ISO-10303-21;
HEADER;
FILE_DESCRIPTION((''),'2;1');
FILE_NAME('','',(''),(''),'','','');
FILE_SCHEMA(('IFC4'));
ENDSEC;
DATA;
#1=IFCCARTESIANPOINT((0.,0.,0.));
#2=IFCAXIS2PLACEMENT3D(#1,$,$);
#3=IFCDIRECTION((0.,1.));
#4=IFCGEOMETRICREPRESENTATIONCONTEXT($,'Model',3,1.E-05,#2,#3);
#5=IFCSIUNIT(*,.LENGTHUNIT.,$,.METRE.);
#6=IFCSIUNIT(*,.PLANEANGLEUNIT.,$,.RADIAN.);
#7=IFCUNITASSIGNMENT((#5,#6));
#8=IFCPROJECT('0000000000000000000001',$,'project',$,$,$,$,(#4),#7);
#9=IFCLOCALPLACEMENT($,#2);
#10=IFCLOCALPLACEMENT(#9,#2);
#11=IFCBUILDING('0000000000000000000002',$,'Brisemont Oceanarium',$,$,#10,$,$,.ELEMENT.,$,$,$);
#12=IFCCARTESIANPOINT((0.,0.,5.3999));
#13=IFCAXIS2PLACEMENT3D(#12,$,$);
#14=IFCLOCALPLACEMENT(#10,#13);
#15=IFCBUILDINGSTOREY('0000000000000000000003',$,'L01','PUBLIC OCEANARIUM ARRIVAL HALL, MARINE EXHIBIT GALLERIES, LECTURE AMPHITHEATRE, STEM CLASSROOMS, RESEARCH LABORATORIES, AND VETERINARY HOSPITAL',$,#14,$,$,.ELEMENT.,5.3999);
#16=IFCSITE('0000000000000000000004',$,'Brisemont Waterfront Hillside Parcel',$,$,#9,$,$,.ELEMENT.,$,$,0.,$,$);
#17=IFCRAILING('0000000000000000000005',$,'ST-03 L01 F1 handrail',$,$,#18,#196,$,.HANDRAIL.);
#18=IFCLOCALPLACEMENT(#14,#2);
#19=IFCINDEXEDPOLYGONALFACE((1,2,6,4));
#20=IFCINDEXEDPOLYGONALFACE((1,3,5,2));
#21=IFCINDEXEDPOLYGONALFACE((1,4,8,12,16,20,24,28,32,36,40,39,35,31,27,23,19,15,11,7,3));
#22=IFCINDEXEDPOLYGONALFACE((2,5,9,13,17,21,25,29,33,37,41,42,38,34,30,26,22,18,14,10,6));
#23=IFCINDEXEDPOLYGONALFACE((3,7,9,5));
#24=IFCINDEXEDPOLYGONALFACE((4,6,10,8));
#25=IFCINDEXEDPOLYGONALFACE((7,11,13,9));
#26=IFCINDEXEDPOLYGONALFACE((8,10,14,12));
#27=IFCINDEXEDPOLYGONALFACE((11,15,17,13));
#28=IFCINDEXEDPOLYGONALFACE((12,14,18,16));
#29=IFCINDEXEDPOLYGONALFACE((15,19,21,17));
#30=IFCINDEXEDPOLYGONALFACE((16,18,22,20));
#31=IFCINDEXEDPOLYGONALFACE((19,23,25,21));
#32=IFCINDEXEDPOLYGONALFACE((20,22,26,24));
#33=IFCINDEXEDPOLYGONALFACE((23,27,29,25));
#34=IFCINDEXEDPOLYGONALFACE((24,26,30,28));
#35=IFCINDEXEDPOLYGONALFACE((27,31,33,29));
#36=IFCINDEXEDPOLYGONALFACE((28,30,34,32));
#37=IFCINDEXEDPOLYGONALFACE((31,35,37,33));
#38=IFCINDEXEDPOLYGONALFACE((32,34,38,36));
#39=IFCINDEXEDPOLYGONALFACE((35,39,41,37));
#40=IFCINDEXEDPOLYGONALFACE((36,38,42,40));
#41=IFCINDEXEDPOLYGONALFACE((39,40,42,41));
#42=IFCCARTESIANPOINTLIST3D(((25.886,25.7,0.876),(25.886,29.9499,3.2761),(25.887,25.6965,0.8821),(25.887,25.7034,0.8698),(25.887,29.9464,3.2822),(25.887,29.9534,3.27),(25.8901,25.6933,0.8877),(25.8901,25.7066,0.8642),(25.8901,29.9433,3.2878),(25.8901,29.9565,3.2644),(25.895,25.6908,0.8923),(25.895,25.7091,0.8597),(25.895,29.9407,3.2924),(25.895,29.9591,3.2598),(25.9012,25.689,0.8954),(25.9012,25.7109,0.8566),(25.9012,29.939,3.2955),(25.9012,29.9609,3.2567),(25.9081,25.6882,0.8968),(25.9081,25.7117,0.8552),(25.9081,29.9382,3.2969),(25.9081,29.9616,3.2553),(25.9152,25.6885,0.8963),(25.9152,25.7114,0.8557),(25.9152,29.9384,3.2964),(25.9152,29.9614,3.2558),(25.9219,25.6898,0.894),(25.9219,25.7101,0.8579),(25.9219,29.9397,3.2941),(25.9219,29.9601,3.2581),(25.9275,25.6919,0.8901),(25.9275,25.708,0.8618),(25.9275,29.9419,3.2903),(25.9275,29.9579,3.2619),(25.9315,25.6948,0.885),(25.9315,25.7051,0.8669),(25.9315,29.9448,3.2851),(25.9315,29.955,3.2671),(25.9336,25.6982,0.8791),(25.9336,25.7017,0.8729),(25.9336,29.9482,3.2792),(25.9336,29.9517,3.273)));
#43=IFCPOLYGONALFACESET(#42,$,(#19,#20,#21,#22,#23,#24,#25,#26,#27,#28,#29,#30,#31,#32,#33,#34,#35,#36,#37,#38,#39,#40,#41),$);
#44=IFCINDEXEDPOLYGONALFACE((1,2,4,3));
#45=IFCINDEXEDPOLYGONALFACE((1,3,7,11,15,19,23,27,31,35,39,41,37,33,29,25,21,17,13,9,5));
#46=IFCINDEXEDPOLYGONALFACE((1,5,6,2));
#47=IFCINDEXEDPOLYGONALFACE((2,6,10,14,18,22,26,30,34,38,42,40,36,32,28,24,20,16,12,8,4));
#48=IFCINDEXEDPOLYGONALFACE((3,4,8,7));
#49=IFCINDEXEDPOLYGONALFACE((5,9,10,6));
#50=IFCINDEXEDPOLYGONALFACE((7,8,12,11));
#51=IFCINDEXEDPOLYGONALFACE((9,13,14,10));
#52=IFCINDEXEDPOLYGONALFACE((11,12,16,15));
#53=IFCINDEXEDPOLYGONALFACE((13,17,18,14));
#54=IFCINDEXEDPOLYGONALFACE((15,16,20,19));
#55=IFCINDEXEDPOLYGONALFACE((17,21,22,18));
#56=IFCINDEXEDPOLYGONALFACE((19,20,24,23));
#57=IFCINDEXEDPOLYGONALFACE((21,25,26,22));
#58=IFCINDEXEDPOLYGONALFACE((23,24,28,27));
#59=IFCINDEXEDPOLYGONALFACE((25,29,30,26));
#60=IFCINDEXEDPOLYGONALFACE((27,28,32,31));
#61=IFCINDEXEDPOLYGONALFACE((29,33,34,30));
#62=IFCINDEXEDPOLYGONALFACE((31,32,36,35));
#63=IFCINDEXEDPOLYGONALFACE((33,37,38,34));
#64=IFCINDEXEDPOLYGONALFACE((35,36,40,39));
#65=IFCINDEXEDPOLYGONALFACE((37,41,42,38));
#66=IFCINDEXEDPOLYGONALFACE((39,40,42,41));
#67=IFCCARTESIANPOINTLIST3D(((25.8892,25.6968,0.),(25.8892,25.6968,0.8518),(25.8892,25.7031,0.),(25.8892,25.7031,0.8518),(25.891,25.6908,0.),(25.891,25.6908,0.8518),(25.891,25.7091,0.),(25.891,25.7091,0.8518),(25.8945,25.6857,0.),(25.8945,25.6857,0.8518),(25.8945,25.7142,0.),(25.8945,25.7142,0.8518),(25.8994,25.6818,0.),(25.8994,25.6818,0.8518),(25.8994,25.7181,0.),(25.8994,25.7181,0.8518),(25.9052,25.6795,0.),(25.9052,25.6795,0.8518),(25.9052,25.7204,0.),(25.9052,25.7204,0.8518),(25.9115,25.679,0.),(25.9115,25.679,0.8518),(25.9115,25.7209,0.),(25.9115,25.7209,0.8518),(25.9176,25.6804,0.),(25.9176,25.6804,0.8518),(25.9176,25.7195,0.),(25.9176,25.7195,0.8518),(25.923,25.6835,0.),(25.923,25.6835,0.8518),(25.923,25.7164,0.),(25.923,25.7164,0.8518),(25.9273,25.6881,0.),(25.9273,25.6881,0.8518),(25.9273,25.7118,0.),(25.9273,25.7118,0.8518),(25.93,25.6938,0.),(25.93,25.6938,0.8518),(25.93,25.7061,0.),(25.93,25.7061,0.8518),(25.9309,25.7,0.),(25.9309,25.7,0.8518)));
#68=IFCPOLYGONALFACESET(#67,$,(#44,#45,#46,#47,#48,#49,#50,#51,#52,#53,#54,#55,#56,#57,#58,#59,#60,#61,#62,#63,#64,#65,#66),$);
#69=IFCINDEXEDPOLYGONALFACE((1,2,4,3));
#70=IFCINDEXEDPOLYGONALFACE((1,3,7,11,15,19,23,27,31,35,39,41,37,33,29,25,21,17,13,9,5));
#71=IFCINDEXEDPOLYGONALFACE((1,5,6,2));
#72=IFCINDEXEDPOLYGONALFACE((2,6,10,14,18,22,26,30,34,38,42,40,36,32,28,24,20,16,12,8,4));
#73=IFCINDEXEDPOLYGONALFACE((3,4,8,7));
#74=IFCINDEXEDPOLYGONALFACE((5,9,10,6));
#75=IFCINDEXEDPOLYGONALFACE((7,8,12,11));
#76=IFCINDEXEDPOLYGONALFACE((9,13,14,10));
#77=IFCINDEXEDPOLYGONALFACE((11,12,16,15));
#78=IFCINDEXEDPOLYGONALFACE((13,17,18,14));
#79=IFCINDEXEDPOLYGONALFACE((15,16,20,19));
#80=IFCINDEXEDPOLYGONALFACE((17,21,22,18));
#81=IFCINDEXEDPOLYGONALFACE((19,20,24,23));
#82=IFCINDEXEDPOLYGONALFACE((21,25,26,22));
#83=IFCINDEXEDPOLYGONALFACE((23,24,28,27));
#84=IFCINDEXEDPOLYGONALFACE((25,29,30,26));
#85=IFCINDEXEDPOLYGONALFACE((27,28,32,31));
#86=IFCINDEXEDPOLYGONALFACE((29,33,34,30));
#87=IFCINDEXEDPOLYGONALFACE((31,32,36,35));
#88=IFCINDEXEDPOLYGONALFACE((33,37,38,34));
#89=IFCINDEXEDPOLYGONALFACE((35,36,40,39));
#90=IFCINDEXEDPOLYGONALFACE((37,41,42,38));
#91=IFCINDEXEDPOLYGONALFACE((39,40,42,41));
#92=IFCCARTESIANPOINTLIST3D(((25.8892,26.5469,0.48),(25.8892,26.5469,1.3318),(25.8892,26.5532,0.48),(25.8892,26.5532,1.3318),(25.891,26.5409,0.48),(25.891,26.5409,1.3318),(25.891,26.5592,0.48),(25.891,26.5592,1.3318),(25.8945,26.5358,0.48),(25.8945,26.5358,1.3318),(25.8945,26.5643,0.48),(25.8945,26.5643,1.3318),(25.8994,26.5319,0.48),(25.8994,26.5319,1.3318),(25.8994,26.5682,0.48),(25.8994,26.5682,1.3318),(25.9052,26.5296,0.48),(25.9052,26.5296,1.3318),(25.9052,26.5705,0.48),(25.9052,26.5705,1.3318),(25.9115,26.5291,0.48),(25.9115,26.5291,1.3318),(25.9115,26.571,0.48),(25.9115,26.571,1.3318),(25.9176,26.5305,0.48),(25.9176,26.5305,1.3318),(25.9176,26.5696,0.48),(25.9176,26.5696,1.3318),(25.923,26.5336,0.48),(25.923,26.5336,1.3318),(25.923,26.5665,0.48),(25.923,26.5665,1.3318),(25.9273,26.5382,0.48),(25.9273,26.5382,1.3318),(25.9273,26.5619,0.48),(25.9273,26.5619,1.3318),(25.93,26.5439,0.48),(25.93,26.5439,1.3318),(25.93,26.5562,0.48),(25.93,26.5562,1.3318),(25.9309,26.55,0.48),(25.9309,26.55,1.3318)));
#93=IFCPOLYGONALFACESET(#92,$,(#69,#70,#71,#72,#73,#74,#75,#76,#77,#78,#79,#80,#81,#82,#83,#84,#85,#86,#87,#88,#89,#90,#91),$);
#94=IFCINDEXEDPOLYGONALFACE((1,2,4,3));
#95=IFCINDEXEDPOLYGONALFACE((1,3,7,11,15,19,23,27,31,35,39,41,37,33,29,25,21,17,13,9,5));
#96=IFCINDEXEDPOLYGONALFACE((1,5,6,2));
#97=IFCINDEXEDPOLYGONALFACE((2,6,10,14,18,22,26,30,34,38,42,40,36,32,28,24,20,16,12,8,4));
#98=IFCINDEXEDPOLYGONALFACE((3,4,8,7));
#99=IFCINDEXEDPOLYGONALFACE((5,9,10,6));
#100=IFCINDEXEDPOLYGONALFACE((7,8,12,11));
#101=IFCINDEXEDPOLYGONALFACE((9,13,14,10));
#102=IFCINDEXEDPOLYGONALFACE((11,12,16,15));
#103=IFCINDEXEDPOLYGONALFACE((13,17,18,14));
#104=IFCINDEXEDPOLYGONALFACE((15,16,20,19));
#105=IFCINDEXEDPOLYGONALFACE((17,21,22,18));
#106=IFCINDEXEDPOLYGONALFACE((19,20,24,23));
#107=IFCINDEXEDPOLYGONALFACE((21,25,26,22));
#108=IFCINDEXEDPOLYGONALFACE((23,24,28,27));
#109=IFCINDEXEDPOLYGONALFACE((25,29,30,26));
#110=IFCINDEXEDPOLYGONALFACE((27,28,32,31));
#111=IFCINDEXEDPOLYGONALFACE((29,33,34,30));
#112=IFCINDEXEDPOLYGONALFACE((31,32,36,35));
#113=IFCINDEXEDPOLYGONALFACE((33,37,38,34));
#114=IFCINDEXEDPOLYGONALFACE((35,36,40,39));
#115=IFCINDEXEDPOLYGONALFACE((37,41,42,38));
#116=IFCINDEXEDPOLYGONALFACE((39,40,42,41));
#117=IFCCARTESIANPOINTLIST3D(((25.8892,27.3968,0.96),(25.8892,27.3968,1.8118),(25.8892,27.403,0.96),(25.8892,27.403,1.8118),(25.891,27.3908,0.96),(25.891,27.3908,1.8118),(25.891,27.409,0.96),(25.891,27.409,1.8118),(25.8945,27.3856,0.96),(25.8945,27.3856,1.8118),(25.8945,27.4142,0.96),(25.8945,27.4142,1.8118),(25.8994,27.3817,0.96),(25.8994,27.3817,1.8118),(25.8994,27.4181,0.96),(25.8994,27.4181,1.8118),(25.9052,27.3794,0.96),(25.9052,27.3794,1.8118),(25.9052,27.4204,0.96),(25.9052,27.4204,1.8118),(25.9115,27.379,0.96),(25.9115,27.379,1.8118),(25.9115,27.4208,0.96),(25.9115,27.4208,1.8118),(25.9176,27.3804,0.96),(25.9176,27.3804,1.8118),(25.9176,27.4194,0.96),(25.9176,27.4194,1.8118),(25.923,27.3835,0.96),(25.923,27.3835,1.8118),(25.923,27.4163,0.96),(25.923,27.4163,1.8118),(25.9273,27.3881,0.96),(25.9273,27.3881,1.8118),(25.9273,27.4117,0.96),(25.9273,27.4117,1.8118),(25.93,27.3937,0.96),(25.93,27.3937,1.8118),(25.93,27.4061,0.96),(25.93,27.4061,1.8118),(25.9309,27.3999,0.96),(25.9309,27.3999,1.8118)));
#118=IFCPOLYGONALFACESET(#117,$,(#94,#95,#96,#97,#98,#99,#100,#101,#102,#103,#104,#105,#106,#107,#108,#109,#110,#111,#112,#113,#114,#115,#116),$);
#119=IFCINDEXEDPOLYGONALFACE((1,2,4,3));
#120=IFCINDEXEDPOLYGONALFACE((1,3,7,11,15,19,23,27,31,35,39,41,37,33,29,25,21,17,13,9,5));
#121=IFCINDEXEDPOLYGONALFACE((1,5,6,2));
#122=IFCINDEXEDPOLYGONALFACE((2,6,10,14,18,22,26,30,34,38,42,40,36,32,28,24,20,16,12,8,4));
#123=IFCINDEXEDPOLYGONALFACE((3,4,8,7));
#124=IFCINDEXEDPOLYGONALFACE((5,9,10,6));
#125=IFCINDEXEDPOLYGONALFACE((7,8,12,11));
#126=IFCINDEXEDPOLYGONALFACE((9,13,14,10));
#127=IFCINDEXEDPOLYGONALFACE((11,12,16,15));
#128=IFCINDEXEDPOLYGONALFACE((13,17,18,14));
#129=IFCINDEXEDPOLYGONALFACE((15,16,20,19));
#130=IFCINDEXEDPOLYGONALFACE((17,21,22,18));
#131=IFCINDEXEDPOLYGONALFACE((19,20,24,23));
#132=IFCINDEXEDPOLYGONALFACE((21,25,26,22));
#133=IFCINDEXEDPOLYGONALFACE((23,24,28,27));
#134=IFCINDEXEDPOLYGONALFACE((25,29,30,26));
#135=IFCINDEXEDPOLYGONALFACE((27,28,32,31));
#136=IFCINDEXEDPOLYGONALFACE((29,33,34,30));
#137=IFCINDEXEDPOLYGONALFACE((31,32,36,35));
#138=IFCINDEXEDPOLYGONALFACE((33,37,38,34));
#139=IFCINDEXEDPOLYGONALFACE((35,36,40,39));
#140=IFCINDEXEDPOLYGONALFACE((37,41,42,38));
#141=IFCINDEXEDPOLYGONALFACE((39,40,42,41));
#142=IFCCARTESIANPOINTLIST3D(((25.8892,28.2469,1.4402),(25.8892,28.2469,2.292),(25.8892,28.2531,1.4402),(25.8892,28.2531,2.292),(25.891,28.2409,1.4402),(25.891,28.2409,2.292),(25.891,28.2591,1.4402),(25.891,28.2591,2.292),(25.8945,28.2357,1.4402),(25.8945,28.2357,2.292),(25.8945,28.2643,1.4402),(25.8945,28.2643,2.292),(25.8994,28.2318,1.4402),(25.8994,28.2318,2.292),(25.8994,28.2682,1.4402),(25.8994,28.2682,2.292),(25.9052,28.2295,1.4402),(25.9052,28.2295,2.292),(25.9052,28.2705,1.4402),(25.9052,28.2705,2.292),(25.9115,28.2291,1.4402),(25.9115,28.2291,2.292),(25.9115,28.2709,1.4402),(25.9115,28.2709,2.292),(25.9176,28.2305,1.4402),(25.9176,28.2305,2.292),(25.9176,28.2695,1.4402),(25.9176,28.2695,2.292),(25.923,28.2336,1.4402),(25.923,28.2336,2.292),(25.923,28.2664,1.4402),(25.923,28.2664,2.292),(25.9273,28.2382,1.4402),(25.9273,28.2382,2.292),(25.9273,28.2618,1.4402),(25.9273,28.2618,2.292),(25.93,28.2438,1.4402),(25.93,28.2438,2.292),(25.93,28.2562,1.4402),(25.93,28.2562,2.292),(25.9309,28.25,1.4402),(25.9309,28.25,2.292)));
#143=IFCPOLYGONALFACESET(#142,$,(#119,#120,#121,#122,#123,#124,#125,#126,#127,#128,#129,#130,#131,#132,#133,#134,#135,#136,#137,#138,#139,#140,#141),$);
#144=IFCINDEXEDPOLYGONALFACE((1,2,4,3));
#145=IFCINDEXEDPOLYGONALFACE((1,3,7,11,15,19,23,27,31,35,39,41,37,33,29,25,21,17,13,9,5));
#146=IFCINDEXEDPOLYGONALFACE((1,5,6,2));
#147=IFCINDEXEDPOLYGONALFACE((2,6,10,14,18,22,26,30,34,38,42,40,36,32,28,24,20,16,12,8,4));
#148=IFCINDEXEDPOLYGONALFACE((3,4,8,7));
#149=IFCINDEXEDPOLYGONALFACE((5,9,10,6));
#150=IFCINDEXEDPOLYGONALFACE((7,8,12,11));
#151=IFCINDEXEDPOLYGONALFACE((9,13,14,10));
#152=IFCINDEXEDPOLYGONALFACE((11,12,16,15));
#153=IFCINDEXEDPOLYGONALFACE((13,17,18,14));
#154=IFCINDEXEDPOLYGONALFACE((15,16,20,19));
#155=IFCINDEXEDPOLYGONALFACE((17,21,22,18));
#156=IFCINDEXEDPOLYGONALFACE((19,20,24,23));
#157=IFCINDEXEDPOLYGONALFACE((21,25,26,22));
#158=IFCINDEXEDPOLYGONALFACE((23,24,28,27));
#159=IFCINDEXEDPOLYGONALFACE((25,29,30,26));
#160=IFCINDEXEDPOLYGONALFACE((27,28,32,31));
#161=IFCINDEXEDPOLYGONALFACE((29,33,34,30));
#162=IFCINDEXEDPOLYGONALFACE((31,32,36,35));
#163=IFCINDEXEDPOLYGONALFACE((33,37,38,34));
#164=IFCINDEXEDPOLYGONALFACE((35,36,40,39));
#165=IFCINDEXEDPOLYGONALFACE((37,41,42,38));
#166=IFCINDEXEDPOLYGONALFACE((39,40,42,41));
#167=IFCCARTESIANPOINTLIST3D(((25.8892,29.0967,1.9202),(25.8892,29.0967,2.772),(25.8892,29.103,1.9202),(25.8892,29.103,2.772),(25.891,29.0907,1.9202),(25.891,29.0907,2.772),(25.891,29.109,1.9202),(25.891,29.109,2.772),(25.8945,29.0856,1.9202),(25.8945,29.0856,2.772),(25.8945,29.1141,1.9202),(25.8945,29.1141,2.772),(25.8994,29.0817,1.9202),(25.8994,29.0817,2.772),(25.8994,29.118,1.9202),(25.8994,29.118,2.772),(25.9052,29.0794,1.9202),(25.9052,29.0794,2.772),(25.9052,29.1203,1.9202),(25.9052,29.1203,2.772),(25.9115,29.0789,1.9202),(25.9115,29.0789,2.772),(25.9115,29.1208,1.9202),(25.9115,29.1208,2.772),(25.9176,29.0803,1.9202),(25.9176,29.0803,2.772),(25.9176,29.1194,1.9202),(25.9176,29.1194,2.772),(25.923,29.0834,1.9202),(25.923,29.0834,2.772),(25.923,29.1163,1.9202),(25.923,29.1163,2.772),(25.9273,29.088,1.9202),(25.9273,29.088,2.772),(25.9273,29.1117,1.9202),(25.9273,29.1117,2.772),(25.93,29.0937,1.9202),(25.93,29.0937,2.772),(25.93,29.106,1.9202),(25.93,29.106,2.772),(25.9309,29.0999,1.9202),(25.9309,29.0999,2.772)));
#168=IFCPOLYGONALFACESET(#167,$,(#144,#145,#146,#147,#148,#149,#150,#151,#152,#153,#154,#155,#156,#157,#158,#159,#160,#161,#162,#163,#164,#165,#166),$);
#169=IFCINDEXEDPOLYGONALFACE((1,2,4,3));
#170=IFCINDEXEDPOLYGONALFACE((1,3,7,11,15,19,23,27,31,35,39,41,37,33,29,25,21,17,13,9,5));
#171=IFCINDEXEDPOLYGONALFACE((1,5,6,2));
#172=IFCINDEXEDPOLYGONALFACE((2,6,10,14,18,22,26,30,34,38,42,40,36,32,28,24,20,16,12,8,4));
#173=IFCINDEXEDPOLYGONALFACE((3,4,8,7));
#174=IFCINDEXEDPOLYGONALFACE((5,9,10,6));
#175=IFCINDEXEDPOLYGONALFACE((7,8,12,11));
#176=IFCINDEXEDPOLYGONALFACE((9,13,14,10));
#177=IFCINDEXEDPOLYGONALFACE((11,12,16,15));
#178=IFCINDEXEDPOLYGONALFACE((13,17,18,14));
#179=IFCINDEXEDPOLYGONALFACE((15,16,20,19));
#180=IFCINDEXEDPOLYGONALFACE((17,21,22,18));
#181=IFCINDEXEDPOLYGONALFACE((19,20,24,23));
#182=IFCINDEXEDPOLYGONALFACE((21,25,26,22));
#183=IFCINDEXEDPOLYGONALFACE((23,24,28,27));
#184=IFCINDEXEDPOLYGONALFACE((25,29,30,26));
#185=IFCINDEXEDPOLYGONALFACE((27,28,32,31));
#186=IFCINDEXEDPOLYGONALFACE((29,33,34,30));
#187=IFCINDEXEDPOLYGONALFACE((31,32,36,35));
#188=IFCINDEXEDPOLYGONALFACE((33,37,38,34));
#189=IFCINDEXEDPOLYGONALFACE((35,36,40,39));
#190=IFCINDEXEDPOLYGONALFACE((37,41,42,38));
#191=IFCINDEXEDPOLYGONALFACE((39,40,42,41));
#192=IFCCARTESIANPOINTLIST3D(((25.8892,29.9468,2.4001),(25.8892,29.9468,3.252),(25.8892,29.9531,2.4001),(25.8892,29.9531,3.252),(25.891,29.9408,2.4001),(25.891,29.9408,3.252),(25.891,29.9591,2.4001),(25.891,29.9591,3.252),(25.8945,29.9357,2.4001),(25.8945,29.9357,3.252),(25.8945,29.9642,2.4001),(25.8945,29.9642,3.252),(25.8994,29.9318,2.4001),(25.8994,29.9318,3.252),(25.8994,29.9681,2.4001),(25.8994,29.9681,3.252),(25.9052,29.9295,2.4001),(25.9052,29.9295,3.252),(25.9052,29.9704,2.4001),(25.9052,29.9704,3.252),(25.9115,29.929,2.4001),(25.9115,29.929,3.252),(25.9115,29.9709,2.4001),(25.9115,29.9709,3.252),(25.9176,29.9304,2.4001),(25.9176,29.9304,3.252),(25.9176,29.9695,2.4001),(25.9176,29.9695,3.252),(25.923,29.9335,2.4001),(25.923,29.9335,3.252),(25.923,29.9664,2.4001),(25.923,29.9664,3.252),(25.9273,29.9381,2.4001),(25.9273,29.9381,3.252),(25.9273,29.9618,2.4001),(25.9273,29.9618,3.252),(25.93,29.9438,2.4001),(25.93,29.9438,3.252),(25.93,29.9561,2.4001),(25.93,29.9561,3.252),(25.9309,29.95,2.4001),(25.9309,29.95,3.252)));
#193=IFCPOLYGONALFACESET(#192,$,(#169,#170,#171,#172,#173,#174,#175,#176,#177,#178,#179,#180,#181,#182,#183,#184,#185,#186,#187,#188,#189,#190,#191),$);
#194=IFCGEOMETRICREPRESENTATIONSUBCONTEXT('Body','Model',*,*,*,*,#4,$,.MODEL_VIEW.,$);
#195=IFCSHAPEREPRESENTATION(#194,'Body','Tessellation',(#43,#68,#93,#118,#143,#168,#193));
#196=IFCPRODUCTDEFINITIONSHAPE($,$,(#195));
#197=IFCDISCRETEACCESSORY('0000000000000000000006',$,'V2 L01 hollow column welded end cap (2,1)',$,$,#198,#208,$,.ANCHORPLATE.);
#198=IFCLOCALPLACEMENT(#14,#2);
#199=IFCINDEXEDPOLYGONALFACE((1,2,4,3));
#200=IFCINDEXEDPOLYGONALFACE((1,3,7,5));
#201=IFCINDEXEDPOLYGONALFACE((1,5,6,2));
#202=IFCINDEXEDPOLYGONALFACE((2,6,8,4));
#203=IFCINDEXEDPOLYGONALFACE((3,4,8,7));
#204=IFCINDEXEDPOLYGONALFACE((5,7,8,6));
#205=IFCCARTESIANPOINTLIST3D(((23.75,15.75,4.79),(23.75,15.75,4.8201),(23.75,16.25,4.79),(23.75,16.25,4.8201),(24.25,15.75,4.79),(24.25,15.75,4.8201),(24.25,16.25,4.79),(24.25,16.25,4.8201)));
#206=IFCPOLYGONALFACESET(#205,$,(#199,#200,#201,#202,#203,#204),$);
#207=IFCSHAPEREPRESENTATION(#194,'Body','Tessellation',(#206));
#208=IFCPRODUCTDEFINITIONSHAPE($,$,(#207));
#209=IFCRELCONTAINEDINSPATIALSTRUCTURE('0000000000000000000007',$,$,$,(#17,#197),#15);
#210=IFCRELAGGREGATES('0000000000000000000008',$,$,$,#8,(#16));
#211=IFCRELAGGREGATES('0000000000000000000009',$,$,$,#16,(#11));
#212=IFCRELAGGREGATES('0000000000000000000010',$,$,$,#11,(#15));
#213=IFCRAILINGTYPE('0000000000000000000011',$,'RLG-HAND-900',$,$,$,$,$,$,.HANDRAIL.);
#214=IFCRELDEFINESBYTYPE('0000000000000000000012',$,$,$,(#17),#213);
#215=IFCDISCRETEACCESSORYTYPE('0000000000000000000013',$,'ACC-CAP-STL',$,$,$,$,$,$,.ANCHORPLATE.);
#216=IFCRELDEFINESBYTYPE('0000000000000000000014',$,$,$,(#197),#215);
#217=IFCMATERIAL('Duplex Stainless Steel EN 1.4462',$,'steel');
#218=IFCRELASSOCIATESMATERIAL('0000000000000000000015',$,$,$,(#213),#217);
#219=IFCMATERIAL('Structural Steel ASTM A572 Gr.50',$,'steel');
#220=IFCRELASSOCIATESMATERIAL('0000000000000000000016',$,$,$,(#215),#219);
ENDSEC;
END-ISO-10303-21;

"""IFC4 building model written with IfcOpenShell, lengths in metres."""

from ifc_helpers import new_model, si_unit, direction, frame, origin, origin_2d, place, context, subcontext, project, spatial, rectangle, circle, extrude, material, type_object, element, save


model = new_model("IFC4")

# Units and contexts
model_context = context("Model", 3, precision=1e-05, world=origin(), true_north=direction((0.0, 1.0)))
body_context = subcontext(model_context, "Body", "Model", "MODEL_VIEW")
ifc_project = project(units=[si_unit("LENGTHUNIT", "METRE"), si_unit("PLANEANGLEUNIT", "RADIAN")], contexts=[model_context])

# Site, building, storey
site_placement = place(None, origin())
site = spatial("IfcSite", under=ifc_project, at=site_placement, Name="Brisemont Waterfront Hillside Parcel", CompositionType="ELEMENT", RefElevation=0.0)
building_placement = place(site_placement, origin())
building = spatial("IfcBuilding", under=site, at=building_placement, Name="Brisemont Oceanarium", CompositionType="ELEMENT")
storey_placement = place(building_placement, frame((0.0, 0.0, 5.3999)))
storey = spatial("IfcBuildingStorey", under=building, at=storey_placement, Name="L01", Description="PUBLIC OCEANARIUM ARRIVAL HALL, MARINE EXHIBIT GALLERIES, LECTURE AMPHITHEATRE, STEM CLASSROOMS, RESEARCH LABORATORIES, AND VETERINARY HOSPITAL", CompositionType="ELEMENT", Elevation=5.3999)

# Railing
ifc_material_1 = material(Name="Duplex Stainless Steel EN 1.4462", Category="steel")
railing_type_1 = type_object("IfcRailingType", Name="RLG-HAND-900", PredefinedType="HANDRAIL", material=ifc_material_1)
railing_1_placement = place(storey_placement, frame((25.9099, 25.7, 0.0)))
element("IfcRailing", 1, at=railing_1_placement, inside=storey, type_object=railing_type_1, Name="ST-03 L01 F1 handrail", PredefinedType="HANDRAIL", context=body_context, shape_type="SweptSolid", body=[
    extrude(circle(Radius=0.0239, at=origin_2d()), frame((0.0, 0.0, 0.876), z_axis=(0.0, 0.870741, 0.491742), x_axis=(-1.0, 0.0, 0.0)), (0.0, 0.0, 1.0), 4.8809),
    extrude(circle(Radius=0.021, at=origin_2d()), origin(), (0.0, 0.0, 1.0), 0.8518),
    extrude(circle(Radius=0.021, at=origin_2d()), frame((0.0, 0.8501, 0.48)), (0.0, 0.0, 1.0), 0.8518),
    extrude(circle(Radius=0.021, at=origin_2d()), frame((0.0, 1.7, 0.96)), (0.0, 0.0, 1.0), 0.8518),
    extrude(circle(Radius=0.021, at=origin_2d()), frame((0.0, 2.55, 1.4402)), (0.0, 0.0, 1.0), 0.8518),
    extrude(circle(Radius=0.021, at=origin_2d()), frame((0.0, 3.3999, 1.9202)), (0.0, 0.0, 1.0), 0.8518),
    extrude(circle(Radius=0.021, at=origin_2d()), frame((0.0, 4.25, 2.4001)), (0.0, 0.0, 1.0), 0.8518),
])

# Discrete accessory
ifc_material_2 = material(Name="Structural Steel ASTM A572 Gr.50", Category="steel")
discrete_accessory_type = type_object("IfcDiscreteAccessoryType", Name="ACC-CAP-STL", PredefinedType="ANCHORPLATE", material=ifc_material_2)
discrete_accessory_placement = place(storey_placement, frame((24.0, 16.0, 4.79), z_axis=(0.0, 0.0, 1.0), x_axis=(1.0, 0.0, 0.0)))
element("IfcDiscreteAccessory", 2, at=discrete_accessory_placement, inside=storey, type_object=discrete_accessory_type, Name="V2 L01 hollow column welded end cap (2,1)", PredefinedType="ANCHORPLATE", context=body_context, shape_type="SweptSolid", body=[
    extrude(rectangle(XDim=0.5, YDim=0.5, at=origin_2d()), origin(), (0.0, 0.0, 1.0), 0.03),
])

save(model, "model.ifc")
